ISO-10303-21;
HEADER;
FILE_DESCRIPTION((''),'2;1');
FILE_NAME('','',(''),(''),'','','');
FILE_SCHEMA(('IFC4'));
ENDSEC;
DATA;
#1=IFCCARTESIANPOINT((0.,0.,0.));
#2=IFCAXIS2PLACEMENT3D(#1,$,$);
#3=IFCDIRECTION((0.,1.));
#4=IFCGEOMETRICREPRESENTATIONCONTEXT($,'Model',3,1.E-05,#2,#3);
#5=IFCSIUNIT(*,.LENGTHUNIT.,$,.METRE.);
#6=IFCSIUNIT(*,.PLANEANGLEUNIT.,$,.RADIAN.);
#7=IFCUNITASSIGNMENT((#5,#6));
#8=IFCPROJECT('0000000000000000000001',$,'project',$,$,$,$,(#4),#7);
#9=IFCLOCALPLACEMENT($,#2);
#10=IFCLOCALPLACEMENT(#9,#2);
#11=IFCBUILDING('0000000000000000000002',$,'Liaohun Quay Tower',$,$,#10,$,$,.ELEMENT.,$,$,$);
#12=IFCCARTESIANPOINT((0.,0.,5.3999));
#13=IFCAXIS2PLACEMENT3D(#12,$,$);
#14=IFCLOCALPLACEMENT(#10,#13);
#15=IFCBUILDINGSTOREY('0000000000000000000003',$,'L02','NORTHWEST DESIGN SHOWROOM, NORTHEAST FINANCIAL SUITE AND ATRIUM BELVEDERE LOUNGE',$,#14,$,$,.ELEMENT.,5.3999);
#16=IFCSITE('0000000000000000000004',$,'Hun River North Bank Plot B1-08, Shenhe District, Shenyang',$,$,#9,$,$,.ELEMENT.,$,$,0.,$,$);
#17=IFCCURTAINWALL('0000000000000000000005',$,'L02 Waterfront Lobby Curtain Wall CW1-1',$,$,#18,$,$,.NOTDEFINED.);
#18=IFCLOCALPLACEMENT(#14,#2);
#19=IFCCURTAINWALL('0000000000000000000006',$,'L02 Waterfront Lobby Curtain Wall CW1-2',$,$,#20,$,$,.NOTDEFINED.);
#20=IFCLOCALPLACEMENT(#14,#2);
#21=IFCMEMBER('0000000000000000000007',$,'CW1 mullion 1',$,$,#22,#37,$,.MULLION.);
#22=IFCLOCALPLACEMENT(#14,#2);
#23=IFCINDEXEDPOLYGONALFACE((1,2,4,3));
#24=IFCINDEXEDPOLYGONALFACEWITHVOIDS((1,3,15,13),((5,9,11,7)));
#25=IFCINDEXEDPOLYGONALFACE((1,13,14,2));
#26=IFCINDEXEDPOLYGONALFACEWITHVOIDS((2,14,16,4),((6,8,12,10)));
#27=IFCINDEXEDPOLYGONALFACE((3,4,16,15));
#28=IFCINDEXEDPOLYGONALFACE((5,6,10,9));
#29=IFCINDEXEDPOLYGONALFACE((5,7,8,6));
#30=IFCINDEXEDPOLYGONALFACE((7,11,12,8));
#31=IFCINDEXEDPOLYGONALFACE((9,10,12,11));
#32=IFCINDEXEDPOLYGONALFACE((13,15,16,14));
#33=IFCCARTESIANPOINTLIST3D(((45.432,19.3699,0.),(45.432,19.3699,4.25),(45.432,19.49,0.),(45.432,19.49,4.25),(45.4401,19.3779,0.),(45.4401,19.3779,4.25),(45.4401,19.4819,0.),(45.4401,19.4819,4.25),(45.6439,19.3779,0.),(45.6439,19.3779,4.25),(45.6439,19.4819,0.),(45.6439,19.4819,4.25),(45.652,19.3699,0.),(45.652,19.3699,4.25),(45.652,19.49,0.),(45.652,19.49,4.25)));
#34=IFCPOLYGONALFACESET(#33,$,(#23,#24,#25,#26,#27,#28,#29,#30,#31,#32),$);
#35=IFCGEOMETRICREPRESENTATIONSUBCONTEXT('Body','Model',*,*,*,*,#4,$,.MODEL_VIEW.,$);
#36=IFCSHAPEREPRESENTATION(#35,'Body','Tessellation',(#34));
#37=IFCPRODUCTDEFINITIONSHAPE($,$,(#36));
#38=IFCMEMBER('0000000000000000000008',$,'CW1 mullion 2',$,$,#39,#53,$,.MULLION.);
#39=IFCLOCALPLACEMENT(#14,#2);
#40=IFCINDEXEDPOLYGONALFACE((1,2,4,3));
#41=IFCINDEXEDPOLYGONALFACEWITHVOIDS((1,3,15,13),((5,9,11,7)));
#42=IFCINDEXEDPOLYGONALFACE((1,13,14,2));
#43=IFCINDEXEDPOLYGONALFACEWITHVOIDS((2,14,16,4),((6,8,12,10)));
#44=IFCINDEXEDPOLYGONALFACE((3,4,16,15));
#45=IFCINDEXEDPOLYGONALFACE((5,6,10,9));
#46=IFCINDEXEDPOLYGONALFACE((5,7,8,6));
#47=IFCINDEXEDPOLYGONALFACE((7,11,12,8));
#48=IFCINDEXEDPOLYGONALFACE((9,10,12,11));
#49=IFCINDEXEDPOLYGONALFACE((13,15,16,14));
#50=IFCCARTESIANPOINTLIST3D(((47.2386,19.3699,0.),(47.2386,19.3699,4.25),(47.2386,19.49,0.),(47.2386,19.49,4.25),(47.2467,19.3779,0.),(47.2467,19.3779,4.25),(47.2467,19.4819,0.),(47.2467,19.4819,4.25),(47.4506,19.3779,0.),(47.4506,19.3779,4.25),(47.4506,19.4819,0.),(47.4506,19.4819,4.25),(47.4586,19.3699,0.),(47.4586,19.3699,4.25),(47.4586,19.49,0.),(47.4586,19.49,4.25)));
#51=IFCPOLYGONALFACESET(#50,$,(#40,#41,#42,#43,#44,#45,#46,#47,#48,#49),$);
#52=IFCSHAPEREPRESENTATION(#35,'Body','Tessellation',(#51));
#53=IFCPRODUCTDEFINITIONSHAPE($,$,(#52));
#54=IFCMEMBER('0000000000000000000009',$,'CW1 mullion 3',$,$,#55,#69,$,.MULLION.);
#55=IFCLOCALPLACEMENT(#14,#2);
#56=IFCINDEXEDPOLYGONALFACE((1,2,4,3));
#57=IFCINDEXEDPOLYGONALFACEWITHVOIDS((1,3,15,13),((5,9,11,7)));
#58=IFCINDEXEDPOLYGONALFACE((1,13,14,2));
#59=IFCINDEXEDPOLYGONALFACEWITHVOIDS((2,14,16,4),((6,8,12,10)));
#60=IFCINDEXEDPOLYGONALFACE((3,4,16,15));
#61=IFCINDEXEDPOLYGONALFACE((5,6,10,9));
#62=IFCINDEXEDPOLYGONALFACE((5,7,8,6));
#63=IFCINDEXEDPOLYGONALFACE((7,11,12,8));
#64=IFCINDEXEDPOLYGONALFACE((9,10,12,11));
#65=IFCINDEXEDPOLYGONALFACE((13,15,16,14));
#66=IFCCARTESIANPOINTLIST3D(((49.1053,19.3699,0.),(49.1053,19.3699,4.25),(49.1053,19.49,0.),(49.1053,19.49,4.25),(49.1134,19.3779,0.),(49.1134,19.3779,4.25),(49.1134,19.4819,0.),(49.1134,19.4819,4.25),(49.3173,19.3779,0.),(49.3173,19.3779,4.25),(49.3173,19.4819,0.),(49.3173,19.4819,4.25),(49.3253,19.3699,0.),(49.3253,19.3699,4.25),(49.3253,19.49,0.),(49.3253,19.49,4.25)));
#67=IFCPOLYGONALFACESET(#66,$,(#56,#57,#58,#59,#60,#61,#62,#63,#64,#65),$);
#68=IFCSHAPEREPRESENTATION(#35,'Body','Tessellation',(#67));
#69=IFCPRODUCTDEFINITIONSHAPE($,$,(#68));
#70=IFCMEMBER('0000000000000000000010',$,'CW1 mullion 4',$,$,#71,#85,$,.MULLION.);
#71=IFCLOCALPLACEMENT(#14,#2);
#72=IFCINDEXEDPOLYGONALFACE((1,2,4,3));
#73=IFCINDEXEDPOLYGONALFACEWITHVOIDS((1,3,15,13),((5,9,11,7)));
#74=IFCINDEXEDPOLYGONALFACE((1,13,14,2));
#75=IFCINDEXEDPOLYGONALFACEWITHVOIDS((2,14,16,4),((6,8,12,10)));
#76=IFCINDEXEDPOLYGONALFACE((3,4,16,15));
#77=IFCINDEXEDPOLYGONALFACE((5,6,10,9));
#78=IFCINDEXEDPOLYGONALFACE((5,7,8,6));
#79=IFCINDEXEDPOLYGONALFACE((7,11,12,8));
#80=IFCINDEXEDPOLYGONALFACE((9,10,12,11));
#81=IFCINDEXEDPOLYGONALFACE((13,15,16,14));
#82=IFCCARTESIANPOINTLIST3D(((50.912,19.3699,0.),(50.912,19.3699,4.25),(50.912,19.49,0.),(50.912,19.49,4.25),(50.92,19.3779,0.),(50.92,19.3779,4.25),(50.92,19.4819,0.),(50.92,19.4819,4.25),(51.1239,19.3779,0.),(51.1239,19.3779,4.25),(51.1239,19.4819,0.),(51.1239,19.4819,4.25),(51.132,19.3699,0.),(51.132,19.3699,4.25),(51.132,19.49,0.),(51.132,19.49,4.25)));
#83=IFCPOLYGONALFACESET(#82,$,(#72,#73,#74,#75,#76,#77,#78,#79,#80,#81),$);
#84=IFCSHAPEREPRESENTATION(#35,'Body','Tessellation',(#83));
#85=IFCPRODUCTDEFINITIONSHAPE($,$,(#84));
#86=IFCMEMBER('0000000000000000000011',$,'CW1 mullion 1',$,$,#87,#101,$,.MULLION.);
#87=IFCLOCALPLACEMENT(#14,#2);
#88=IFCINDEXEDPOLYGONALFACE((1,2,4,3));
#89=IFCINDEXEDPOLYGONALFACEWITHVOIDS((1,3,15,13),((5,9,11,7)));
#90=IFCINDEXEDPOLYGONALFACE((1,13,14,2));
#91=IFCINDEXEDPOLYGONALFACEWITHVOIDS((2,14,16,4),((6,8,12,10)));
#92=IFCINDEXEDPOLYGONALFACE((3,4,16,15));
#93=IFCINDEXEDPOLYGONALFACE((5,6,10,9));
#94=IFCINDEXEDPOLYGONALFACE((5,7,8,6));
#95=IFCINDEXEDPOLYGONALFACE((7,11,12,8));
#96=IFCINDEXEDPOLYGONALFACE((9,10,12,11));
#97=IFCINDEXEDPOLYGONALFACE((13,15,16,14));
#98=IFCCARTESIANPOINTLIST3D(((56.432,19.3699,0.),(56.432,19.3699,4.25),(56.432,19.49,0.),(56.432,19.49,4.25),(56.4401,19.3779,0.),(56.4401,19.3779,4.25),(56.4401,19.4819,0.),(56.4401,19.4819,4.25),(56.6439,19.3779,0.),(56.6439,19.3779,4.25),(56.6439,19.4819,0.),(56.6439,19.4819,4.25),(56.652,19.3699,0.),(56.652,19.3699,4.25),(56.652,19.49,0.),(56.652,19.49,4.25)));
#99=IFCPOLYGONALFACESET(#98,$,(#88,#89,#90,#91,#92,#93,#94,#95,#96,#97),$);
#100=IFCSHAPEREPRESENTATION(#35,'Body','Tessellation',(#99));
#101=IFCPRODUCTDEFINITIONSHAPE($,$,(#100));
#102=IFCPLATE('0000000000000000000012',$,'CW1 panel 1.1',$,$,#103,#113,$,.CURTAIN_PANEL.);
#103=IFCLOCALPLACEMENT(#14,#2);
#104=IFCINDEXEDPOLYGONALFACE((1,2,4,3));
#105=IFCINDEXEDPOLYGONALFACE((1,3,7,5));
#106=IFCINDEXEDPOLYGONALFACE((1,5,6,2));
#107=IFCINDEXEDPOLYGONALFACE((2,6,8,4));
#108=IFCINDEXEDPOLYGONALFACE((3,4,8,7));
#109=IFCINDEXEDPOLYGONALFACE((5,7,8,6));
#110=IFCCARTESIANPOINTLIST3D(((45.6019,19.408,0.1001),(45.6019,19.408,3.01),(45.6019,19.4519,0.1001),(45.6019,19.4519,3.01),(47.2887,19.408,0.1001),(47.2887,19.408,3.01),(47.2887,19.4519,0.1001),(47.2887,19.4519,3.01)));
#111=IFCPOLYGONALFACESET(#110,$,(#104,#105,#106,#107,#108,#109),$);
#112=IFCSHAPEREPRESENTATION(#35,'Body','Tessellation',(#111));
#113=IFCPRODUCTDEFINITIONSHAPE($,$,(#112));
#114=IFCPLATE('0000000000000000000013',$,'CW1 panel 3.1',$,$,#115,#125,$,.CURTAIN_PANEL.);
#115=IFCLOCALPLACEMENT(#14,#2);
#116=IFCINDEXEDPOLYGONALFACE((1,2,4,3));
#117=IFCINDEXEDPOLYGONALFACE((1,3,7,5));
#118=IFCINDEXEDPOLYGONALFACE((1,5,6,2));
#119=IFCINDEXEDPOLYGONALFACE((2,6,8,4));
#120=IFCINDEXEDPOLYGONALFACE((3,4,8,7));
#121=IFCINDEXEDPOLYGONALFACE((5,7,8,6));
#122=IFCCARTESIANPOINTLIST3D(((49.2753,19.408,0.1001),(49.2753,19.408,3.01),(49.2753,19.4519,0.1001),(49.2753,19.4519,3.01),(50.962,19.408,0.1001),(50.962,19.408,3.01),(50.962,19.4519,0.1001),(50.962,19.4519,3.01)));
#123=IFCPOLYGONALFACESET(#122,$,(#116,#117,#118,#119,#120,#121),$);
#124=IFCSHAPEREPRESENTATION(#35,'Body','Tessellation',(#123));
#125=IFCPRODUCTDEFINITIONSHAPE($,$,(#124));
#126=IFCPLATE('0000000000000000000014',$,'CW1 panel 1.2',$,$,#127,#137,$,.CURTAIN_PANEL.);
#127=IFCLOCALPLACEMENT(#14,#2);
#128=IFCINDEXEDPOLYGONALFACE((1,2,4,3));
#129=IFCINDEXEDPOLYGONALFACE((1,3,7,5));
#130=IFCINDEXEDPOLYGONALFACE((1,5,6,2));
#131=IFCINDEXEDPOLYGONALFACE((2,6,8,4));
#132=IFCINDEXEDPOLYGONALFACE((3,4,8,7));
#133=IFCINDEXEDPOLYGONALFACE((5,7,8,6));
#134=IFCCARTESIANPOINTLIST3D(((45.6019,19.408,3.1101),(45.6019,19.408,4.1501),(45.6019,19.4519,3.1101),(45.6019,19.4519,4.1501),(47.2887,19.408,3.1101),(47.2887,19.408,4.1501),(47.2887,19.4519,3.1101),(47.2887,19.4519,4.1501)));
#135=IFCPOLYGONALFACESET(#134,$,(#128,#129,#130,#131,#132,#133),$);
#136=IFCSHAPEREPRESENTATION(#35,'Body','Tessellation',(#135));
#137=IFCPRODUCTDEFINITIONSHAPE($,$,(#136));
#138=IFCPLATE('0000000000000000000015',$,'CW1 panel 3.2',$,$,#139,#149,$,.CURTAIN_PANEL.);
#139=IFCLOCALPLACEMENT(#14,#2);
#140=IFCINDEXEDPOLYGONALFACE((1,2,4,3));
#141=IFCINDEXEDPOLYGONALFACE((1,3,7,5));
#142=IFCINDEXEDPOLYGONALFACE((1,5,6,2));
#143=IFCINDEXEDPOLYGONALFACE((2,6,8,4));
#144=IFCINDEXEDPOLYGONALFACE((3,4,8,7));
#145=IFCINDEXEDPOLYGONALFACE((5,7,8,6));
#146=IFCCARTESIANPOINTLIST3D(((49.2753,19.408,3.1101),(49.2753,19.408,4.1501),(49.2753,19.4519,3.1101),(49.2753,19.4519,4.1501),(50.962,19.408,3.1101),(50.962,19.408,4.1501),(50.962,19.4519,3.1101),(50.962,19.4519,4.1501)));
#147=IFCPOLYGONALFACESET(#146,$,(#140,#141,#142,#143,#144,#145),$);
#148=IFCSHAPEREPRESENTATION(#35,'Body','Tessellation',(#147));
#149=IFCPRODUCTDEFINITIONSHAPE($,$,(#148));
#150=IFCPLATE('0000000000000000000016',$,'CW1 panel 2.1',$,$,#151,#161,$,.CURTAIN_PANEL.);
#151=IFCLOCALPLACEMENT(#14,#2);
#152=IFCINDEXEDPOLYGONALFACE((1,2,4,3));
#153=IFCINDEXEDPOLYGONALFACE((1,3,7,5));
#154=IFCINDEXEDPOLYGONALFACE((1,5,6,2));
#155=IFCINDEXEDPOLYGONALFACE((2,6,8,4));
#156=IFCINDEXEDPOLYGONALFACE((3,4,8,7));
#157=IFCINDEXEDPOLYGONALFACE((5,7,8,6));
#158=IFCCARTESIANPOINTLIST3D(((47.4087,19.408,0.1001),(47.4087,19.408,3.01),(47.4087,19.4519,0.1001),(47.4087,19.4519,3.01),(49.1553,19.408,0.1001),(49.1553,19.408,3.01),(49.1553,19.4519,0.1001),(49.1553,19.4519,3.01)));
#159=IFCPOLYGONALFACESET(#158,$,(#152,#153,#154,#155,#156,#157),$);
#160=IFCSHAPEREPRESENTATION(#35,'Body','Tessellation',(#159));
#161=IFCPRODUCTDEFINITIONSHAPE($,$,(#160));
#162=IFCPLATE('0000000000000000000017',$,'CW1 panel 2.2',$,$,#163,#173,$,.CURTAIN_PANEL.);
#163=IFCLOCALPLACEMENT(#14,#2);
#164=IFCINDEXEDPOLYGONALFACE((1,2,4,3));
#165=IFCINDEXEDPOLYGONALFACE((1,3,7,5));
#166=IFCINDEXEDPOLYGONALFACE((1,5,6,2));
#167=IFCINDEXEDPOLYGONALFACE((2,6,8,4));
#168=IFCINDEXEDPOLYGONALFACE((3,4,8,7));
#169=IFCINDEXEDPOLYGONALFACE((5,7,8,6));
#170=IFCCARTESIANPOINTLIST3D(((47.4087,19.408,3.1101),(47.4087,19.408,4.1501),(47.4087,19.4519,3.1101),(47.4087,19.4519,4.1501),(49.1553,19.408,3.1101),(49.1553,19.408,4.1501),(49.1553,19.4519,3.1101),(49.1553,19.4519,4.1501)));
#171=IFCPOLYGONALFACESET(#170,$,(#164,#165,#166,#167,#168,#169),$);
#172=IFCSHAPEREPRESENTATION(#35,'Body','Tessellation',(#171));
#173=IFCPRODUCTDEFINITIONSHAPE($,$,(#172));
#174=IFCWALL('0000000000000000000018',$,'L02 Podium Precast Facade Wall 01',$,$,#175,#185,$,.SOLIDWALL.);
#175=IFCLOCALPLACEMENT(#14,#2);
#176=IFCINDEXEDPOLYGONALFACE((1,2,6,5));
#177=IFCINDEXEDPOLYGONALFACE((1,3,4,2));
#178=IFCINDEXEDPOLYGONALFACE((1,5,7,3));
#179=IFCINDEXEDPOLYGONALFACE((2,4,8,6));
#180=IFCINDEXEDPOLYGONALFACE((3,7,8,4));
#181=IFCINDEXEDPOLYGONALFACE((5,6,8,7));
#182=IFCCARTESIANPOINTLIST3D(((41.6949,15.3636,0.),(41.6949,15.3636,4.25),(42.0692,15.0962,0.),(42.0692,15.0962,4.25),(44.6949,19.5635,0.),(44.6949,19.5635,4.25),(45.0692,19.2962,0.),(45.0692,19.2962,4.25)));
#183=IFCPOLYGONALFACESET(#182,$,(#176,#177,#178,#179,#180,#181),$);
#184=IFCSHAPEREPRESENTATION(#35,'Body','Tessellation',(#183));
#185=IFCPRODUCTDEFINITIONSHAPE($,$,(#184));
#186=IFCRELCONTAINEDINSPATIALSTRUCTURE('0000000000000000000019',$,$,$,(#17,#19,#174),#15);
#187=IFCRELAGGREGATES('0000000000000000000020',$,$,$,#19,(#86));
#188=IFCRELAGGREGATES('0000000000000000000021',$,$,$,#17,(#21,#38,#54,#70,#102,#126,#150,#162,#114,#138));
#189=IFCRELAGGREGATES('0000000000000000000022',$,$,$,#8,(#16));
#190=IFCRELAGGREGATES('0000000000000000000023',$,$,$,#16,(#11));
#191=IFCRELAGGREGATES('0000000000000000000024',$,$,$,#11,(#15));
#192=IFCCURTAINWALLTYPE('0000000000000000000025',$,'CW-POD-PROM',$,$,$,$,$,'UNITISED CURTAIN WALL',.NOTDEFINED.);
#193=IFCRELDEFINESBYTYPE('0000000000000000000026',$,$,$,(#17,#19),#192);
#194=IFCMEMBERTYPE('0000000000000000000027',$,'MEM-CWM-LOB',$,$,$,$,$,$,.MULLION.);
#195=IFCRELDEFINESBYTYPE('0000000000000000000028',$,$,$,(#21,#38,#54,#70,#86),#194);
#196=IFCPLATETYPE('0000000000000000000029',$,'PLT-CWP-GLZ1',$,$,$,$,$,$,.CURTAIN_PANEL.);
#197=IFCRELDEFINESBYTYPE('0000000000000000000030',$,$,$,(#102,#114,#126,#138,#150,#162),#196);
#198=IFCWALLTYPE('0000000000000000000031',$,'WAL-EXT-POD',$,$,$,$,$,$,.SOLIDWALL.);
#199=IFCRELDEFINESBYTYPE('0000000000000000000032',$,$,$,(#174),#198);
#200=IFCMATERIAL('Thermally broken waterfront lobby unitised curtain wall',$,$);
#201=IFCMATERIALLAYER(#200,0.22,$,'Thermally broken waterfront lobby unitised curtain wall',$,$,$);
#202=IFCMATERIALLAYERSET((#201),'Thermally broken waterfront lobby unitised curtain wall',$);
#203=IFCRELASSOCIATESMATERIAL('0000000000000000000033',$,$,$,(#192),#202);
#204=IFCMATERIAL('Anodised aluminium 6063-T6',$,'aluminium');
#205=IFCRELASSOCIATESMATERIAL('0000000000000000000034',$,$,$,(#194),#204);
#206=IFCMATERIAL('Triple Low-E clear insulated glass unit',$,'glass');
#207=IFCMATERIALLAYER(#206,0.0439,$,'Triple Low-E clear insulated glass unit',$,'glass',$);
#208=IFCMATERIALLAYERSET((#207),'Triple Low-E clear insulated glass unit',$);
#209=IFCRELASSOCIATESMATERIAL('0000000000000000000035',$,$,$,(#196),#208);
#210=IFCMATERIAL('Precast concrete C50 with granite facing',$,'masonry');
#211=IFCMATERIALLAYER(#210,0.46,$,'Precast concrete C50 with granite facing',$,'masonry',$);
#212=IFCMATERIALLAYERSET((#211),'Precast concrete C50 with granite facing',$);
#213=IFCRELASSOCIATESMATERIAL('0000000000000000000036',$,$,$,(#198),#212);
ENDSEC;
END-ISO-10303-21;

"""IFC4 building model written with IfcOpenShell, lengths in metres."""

from ifc_helpers import new_model, si_unit, direction, frame, frame_2d, origin, origin_2d, place, context, subcontext, project, spatial, rectangle, hollow_rectangle, extrude, source, transform, mapped, material, layer, layer_set, material_profile, profile_set, type_object, element, aggregate, save


model = new_model("IFC4")

# Units and contexts
model_context = context("Model", 3, precision=1e-05, world=origin(), true_north=direction((0.0, 1.0)))
body_context = subcontext(model_context, "Body", "Model", "MODEL_VIEW")
ifc_project = project(units=[si_unit("LENGTHUNIT", "METRE"), si_unit("PLANEANGLEUNIT", "RADIAN")], contexts=[model_context])

# Site, building, storey
site_placement = place(None, origin())
site = spatial("IfcSite", under=ifc_project, at=site_placement, Name="Hun River North Bank Plot B1-08, Shenhe District, Shenyang", CompositionType="ELEMENT", RefElevation=0.0)
building_placement = place(site_placement, origin())
building = spatial("IfcBuilding", under=site, at=building_placement, Name="Liaohun Quay Tower", CompositionType="ELEMENT")
storey_placement = place(building_placement, frame((0.0, 0.0, 5.3999)))
storey = spatial("IfcBuildingStorey", under=building, at=storey_placement, Name="L02", Description="NORTHWEST DESIGN SHOWROOM, NORTHEAST FINANCIAL SUITE AND ATRIUM BELVEDERE LOUNGE", CompositionType="ELEMENT", Elevation=5.3999)

# Curtain walls
ifc_material_1 = material(Name="Thermally broken waterfront lobby unitised curtain wall")
ifc_layer_1 = layer(ifc_material_1, 0.22, Name="Thermally broken waterfront lobby unitised curtain wall")
ifc_layer_set_1 = layer_set([ifc_layer_1], Name="Thermally broken waterfront lobby unitised curtain wall")
curtain_wall_type = type_object("IfcCurtainWallType", Name="CW-POD-PROM", ElementType="UNITISED CURTAIN WALL", PredefinedType="NOTDEFINED", material=ifc_layer_set_1)
curtain_wall_1_placement = place(storey_placement, origin())
curtain_wall_1 = element("IfcCurtainWall", 1, at=curtain_wall_1_placement, inside=storey, type_object=curtain_wall_type, Name="L02 Waterfront Lobby Curtain Wall CW1-1", PredefinedType="NOTDEFINED")
ifc_material_2 = material(Name="Anodised aluminium 6063-T6", Category="aluminium")
curtain_wall_2_placement = place(storey_placement, origin())
curtain_wall_2 = element("IfcCurtainWall", 2, at=curtain_wall_2_placement, inside=storey, type_object=curtain_wall_type, Name="L02 Waterfront Lobby Curtain Wall CW1-2", PredefinedType="NOTDEFINED")

# Members
ifc_material_profile_1 = material_profile(ifc_material_2, hollow_rectangle(XDim=0.1201, YDim=0.22, WallThickness=0.0081, at=origin_2d()), Name="RHS220x120x8")
ifc_profile_set_1 = profile_set([ifc_material_profile_1], Name="Anodised aluminium 6063-T6")
member_type_1 = type_object("IfcMemberType", Name="MEM-CWM-LOB", PredefinedType="MULLION", material=ifc_profile_set_1)
shared_shape_1 = source(origin(), body_context, "Body", "SweptSolid", [
    extrude(hollow_rectangle(XDim=0.1201, YDim=0.22, WallThickness=0.0081, at=origin_2d()), origin(), (0.0, 0.0, 1.0), 4.25),
])
member_1_placement = place(storey_placement, frame((45.542, 19.4299, 0.0), z_axis=(0.0, 0.0, 1.0), x_axis=(0.0, 1.0, 0.0)))
member_1 = element("IfcMember", 3, at=member_1_placement, type_object=member_type_1, Name="CW1 mullion 1", PredefinedType="MULLION", context=body_context, shape_type="MappedRepresentation", body=[
    mapped(shared_shape_1, transform((0.0, 0.0, 0.0), x_axis=(1.0, 0.0, 0.0), y_axis=(0.0, 1.0, 0.0), z_axis=(0.0, 0.0, 1.0), scale=1.0)),
])
member_2_placement = place(storey_placement, frame((47.3486, 19.4299, 0.0), z_axis=(0.0, 0.0, 1.0), x_axis=(0.0, 1.0, 0.0)))
member_2 = element("IfcMember", 4, at=member_2_placement, type_object=member_type_1, Name="CW1 mullion 2", PredefinedType="MULLION", context=body_context, shape_type="MappedRepresentation", body=[
    mapped(shared_shape_1, transform((0.0, 0.0, 0.0), x_axis=(1.0, 0.0, 0.0), y_axis=(0.0, 1.0, 0.0), z_axis=(0.0, 0.0, 1.0), scale=1.0)),
])
member_3_placement = place(storey_placement, frame((49.2153, 19.4299, 0.0), z_axis=(0.0, 0.0, 1.0), x_axis=(0.0, 1.0, 0.0)))
member_3 = element("IfcMember", 5, at=member_3_placement, type_object=member_type_1, Name="CW1 mullion 3", PredefinedType="MULLION", context=body_context, shape_type="MappedRepresentation", body=[
    mapped(shared_shape_1, transform((0.0, 0.0, 0.0), x_axis=(1.0, 0.0, 0.0), y_axis=(0.0, 1.0, 0.0), z_axis=(0.0, 0.0, 1.0), scale=1.0)),
])
member_4_placement = place(storey_placement, frame((51.022, 19.4299, 0.0), z_axis=(0.0, 0.0, 1.0), x_axis=(0.0, 1.0, 0.0)))
member_4 = element("IfcMember", 6, at=member_4_placement, type_object=member_type_1, Name="CW1 mullion 4", PredefinedType="MULLION", context=body_context, shape_type="MappedRepresentation", body=[
    mapped(shared_shape_1, transform((0.0, 0.0, 0.0), x_axis=(1.0, 0.0, 0.0), y_axis=(0.0, 1.0, 0.0), z_axis=(0.0, 0.0, 1.0), scale=1.0)),
])
member_5_placement = place(storey_placement, frame((56.542, 19.4299, 0.0), z_axis=(0.0, 0.0, 1.0), x_axis=(0.0, 1.0, 0.0)))
member_5 = element("IfcMember", 7, at=member_5_placement, type_object=member_type_1, Name="CW1 mullion 1", PredefinedType="MULLION", context=body_context, shape_type="MappedRepresentation", body=[
    mapped(shared_shape_1, transform((0.0, 0.0, 0.0), x_axis=(1.0, 0.0, 0.0), y_axis=(0.0, 1.0, 0.0), z_axis=(0.0, 0.0, 1.0), scale=1.0)),
])
aggregate(curtain_wall_2, [member_5])

# Plates
ifc_material_3 = material(Name="Triple Low-E clear insulated glass unit", Category="glass")
ifc_layer_2 = layer(ifc_material_3, 0.0439, Name="Triple Low-E clear insulated glass unit", Category="glass")
ifc_layer_set_2 = layer_set([ifc_layer_2], Name="Triple Low-E clear insulated glass unit")
plate_type = type_object("IfcPlateType", Name="PLT-CWP-GLZ1", PredefinedType="CURTAIN_PANEL", material=ifc_layer_set_2)
shared_shape_2 = source(origin(), body_context, "Body", "SweptSolid", [
    extrude(rectangle(XDim=1.6868, YDim=0.0439, at=origin_2d()), origin(), (0.0, 0.0, 1.0), 2.9099),
])
plate_1_placement = place(storey_placement, frame((46.4453, 19.4299, 0.1001), z_axis=(0.0, 0.0, 1.0), x_axis=(1.0, 0.0, 0.0)))
plate_1 = element("IfcPlate", 8, at=plate_1_placement, type_object=plate_type, Name="CW1 panel 1.1", PredefinedType="CURTAIN_PANEL", context=body_context, shape_type="MappedRepresentation", body=[
    mapped(shared_shape_2, transform((0.0, 0.0, 0.0), x_axis=(1.0, 0.0, 0.0), y_axis=(0.0, 1.0, 0.0), z_axis=(0.0, 0.0, 1.0), scale=1.0)),
])
plate_2_placement = place(storey_placement, frame((50.1187, 19.4299, 0.1001), z_axis=(0.0, 0.0, 1.0), x_axis=(1.0, 0.0, 0.0)))
plate_2 = element("IfcPlate", 9, at=plate_2_placement, type_object=plate_type, Name="CW1 panel 3.1", PredefinedType="CURTAIN_PANEL", context=body_context, shape_type="MappedRepresentation", body=[
    mapped(shared_shape_2, transform((0.0, 0.0, 0.0), x_axis=(1.0, 0.0, 0.0), y_axis=(0.0, 1.0, 0.0), z_axis=(0.0, 0.0, 1.0), scale=1.0)),
])
shared_shape_3 = source(origin(), body_context, "Body", "SweptSolid", [
    extrude(rectangle(XDim=1.6868, YDim=0.0439, at=origin_2d()), origin(), (0.0, 0.0, 1.0), 1.04),
])
plate_3_placement = place(storey_placement, frame((46.4453, 19.4299, 3.1101), z_axis=(0.0, 0.0, 1.0), x_axis=(1.0, 0.0, 0.0)))
plate_3 = element("IfcPlate", 10, at=plate_3_placement, type_object=plate_type, Name="CW1 panel 1.2", PredefinedType="CURTAIN_PANEL", context=body_context, shape_type="MappedRepresentation", body=[
    mapped(shared_shape_3, transform((0.0, 0.0, 0.0), x_axis=(1.0, 0.0, 0.0), y_axis=(0.0, 1.0, 0.0), z_axis=(0.0, 0.0, 1.0), scale=1.0)),
])
plate_4_placement = place(storey_placement, frame((50.1187, 19.4299, 3.1101), z_axis=(0.0, 0.0, 1.0), x_axis=(1.0, 0.0, 0.0)))
plate_4 = element("IfcPlate", 11, at=plate_4_placement, type_object=plate_type, Name="CW1 panel 3.2", PredefinedType="CURTAIN_PANEL", context=body_context, shape_type="MappedRepresentation", body=[
    mapped(shared_shape_3, transform((0.0, 0.0, 0.0), x_axis=(1.0, 0.0, 0.0), y_axis=(0.0, 1.0, 0.0), z_axis=(0.0, 0.0, 1.0), scale=1.0)),
])
shared_shape_4 = source(origin(), body_context, "Body", "SweptSolid", [
    extrude(rectangle(XDim=1.7466, YDim=0.0439, at=origin_2d()), origin(), (0.0, 0.0, 1.0), 2.9099),
])
plate_5_placement = place(storey_placement, frame((48.282, 19.4299, 0.1001), z_axis=(0.0, 0.0, 1.0), x_axis=(1.0, 0.0, 0.0)))
plate_5 = element("IfcPlate", 12, at=plate_5_placement, type_object=plate_type, Name="CW1 panel 2.1", PredefinedType="CURTAIN_PANEL", context=body_context, shape_type="MappedRepresentation", body=[
    mapped(shared_shape_4, transform((0.0, 0.0, 0.0), x_axis=(1.0, 0.0, 0.0), y_axis=(0.0, 1.0, 0.0), z_axis=(0.0, 0.0, 1.0), scale=1.0)),
])
shared_shape_5 = source(origin(), body_context, "Body", "SweptSolid", [
    extrude(rectangle(XDim=1.7466, YDim=0.0439, at=origin_2d()), origin(), (0.0, 0.0, 1.0), 1.04),
])
plate_6_placement = place(storey_placement, frame((48.282, 19.4299, 3.1101), z_axis=(0.0, 0.0, 1.0), x_axis=(1.0, 0.0, 0.0)))
plate_6 = element("IfcPlate", 13, at=plate_6_placement, type_object=plate_type, Name="CW1 panel 2.2", PredefinedType="CURTAIN_PANEL", context=body_context, shape_type="MappedRepresentation", body=[
    mapped(shared_shape_5, transform((0.0, 0.0, 0.0), x_axis=(1.0, 0.0, 0.0), y_axis=(0.0, 1.0, 0.0), z_axis=(0.0, 0.0, 1.0), scale=1.0)),
])
aggregate(curtain_wall_1, [member_1, member_2, member_3, member_4, plate_1, plate_3, plate_5, plate_6, plate_2, plate_4])

# Wall
ifc_material_4 = material(Name="Precast concrete C50 with granite facing", Category="masonry")
ifc_layer_3 = layer(ifc_material_4, 0.46, Name="Precast concrete C50 with granite facing", Category="masonry")
ifc_layer_set_3 = layer_set([ifc_layer_3], Name="Precast concrete C50 with granite facing")
wall_type_1 = type_object("IfcWallType", Name="WAL-EXT-POD", PredefinedType="SOLIDWALL", material=ifc_layer_set_3)
wall_1_placement = place(storey_placement, frame((41.8821, 15.23, 0.0), z_axis=(0.0, 0.0, 1.0), x_axis=(0.581243, 0.81373, 0.0)))
element("IfcWall", 14, at=wall_1_placement, inside=storey, type_object=wall_type_1, Name="L02 Podium Precast Facade Wall 01", PredefinedType="SOLIDWALL", context=body_context, shape_type="SweptSolid", body=[
    extrude(rectangle(XDim=5.1614, YDim=0.46, at=frame_2d((2.5806, 0.0))), origin(), (0.0, 0.0, 1.0), 4.25),
])

save(model, "model.ifc")
